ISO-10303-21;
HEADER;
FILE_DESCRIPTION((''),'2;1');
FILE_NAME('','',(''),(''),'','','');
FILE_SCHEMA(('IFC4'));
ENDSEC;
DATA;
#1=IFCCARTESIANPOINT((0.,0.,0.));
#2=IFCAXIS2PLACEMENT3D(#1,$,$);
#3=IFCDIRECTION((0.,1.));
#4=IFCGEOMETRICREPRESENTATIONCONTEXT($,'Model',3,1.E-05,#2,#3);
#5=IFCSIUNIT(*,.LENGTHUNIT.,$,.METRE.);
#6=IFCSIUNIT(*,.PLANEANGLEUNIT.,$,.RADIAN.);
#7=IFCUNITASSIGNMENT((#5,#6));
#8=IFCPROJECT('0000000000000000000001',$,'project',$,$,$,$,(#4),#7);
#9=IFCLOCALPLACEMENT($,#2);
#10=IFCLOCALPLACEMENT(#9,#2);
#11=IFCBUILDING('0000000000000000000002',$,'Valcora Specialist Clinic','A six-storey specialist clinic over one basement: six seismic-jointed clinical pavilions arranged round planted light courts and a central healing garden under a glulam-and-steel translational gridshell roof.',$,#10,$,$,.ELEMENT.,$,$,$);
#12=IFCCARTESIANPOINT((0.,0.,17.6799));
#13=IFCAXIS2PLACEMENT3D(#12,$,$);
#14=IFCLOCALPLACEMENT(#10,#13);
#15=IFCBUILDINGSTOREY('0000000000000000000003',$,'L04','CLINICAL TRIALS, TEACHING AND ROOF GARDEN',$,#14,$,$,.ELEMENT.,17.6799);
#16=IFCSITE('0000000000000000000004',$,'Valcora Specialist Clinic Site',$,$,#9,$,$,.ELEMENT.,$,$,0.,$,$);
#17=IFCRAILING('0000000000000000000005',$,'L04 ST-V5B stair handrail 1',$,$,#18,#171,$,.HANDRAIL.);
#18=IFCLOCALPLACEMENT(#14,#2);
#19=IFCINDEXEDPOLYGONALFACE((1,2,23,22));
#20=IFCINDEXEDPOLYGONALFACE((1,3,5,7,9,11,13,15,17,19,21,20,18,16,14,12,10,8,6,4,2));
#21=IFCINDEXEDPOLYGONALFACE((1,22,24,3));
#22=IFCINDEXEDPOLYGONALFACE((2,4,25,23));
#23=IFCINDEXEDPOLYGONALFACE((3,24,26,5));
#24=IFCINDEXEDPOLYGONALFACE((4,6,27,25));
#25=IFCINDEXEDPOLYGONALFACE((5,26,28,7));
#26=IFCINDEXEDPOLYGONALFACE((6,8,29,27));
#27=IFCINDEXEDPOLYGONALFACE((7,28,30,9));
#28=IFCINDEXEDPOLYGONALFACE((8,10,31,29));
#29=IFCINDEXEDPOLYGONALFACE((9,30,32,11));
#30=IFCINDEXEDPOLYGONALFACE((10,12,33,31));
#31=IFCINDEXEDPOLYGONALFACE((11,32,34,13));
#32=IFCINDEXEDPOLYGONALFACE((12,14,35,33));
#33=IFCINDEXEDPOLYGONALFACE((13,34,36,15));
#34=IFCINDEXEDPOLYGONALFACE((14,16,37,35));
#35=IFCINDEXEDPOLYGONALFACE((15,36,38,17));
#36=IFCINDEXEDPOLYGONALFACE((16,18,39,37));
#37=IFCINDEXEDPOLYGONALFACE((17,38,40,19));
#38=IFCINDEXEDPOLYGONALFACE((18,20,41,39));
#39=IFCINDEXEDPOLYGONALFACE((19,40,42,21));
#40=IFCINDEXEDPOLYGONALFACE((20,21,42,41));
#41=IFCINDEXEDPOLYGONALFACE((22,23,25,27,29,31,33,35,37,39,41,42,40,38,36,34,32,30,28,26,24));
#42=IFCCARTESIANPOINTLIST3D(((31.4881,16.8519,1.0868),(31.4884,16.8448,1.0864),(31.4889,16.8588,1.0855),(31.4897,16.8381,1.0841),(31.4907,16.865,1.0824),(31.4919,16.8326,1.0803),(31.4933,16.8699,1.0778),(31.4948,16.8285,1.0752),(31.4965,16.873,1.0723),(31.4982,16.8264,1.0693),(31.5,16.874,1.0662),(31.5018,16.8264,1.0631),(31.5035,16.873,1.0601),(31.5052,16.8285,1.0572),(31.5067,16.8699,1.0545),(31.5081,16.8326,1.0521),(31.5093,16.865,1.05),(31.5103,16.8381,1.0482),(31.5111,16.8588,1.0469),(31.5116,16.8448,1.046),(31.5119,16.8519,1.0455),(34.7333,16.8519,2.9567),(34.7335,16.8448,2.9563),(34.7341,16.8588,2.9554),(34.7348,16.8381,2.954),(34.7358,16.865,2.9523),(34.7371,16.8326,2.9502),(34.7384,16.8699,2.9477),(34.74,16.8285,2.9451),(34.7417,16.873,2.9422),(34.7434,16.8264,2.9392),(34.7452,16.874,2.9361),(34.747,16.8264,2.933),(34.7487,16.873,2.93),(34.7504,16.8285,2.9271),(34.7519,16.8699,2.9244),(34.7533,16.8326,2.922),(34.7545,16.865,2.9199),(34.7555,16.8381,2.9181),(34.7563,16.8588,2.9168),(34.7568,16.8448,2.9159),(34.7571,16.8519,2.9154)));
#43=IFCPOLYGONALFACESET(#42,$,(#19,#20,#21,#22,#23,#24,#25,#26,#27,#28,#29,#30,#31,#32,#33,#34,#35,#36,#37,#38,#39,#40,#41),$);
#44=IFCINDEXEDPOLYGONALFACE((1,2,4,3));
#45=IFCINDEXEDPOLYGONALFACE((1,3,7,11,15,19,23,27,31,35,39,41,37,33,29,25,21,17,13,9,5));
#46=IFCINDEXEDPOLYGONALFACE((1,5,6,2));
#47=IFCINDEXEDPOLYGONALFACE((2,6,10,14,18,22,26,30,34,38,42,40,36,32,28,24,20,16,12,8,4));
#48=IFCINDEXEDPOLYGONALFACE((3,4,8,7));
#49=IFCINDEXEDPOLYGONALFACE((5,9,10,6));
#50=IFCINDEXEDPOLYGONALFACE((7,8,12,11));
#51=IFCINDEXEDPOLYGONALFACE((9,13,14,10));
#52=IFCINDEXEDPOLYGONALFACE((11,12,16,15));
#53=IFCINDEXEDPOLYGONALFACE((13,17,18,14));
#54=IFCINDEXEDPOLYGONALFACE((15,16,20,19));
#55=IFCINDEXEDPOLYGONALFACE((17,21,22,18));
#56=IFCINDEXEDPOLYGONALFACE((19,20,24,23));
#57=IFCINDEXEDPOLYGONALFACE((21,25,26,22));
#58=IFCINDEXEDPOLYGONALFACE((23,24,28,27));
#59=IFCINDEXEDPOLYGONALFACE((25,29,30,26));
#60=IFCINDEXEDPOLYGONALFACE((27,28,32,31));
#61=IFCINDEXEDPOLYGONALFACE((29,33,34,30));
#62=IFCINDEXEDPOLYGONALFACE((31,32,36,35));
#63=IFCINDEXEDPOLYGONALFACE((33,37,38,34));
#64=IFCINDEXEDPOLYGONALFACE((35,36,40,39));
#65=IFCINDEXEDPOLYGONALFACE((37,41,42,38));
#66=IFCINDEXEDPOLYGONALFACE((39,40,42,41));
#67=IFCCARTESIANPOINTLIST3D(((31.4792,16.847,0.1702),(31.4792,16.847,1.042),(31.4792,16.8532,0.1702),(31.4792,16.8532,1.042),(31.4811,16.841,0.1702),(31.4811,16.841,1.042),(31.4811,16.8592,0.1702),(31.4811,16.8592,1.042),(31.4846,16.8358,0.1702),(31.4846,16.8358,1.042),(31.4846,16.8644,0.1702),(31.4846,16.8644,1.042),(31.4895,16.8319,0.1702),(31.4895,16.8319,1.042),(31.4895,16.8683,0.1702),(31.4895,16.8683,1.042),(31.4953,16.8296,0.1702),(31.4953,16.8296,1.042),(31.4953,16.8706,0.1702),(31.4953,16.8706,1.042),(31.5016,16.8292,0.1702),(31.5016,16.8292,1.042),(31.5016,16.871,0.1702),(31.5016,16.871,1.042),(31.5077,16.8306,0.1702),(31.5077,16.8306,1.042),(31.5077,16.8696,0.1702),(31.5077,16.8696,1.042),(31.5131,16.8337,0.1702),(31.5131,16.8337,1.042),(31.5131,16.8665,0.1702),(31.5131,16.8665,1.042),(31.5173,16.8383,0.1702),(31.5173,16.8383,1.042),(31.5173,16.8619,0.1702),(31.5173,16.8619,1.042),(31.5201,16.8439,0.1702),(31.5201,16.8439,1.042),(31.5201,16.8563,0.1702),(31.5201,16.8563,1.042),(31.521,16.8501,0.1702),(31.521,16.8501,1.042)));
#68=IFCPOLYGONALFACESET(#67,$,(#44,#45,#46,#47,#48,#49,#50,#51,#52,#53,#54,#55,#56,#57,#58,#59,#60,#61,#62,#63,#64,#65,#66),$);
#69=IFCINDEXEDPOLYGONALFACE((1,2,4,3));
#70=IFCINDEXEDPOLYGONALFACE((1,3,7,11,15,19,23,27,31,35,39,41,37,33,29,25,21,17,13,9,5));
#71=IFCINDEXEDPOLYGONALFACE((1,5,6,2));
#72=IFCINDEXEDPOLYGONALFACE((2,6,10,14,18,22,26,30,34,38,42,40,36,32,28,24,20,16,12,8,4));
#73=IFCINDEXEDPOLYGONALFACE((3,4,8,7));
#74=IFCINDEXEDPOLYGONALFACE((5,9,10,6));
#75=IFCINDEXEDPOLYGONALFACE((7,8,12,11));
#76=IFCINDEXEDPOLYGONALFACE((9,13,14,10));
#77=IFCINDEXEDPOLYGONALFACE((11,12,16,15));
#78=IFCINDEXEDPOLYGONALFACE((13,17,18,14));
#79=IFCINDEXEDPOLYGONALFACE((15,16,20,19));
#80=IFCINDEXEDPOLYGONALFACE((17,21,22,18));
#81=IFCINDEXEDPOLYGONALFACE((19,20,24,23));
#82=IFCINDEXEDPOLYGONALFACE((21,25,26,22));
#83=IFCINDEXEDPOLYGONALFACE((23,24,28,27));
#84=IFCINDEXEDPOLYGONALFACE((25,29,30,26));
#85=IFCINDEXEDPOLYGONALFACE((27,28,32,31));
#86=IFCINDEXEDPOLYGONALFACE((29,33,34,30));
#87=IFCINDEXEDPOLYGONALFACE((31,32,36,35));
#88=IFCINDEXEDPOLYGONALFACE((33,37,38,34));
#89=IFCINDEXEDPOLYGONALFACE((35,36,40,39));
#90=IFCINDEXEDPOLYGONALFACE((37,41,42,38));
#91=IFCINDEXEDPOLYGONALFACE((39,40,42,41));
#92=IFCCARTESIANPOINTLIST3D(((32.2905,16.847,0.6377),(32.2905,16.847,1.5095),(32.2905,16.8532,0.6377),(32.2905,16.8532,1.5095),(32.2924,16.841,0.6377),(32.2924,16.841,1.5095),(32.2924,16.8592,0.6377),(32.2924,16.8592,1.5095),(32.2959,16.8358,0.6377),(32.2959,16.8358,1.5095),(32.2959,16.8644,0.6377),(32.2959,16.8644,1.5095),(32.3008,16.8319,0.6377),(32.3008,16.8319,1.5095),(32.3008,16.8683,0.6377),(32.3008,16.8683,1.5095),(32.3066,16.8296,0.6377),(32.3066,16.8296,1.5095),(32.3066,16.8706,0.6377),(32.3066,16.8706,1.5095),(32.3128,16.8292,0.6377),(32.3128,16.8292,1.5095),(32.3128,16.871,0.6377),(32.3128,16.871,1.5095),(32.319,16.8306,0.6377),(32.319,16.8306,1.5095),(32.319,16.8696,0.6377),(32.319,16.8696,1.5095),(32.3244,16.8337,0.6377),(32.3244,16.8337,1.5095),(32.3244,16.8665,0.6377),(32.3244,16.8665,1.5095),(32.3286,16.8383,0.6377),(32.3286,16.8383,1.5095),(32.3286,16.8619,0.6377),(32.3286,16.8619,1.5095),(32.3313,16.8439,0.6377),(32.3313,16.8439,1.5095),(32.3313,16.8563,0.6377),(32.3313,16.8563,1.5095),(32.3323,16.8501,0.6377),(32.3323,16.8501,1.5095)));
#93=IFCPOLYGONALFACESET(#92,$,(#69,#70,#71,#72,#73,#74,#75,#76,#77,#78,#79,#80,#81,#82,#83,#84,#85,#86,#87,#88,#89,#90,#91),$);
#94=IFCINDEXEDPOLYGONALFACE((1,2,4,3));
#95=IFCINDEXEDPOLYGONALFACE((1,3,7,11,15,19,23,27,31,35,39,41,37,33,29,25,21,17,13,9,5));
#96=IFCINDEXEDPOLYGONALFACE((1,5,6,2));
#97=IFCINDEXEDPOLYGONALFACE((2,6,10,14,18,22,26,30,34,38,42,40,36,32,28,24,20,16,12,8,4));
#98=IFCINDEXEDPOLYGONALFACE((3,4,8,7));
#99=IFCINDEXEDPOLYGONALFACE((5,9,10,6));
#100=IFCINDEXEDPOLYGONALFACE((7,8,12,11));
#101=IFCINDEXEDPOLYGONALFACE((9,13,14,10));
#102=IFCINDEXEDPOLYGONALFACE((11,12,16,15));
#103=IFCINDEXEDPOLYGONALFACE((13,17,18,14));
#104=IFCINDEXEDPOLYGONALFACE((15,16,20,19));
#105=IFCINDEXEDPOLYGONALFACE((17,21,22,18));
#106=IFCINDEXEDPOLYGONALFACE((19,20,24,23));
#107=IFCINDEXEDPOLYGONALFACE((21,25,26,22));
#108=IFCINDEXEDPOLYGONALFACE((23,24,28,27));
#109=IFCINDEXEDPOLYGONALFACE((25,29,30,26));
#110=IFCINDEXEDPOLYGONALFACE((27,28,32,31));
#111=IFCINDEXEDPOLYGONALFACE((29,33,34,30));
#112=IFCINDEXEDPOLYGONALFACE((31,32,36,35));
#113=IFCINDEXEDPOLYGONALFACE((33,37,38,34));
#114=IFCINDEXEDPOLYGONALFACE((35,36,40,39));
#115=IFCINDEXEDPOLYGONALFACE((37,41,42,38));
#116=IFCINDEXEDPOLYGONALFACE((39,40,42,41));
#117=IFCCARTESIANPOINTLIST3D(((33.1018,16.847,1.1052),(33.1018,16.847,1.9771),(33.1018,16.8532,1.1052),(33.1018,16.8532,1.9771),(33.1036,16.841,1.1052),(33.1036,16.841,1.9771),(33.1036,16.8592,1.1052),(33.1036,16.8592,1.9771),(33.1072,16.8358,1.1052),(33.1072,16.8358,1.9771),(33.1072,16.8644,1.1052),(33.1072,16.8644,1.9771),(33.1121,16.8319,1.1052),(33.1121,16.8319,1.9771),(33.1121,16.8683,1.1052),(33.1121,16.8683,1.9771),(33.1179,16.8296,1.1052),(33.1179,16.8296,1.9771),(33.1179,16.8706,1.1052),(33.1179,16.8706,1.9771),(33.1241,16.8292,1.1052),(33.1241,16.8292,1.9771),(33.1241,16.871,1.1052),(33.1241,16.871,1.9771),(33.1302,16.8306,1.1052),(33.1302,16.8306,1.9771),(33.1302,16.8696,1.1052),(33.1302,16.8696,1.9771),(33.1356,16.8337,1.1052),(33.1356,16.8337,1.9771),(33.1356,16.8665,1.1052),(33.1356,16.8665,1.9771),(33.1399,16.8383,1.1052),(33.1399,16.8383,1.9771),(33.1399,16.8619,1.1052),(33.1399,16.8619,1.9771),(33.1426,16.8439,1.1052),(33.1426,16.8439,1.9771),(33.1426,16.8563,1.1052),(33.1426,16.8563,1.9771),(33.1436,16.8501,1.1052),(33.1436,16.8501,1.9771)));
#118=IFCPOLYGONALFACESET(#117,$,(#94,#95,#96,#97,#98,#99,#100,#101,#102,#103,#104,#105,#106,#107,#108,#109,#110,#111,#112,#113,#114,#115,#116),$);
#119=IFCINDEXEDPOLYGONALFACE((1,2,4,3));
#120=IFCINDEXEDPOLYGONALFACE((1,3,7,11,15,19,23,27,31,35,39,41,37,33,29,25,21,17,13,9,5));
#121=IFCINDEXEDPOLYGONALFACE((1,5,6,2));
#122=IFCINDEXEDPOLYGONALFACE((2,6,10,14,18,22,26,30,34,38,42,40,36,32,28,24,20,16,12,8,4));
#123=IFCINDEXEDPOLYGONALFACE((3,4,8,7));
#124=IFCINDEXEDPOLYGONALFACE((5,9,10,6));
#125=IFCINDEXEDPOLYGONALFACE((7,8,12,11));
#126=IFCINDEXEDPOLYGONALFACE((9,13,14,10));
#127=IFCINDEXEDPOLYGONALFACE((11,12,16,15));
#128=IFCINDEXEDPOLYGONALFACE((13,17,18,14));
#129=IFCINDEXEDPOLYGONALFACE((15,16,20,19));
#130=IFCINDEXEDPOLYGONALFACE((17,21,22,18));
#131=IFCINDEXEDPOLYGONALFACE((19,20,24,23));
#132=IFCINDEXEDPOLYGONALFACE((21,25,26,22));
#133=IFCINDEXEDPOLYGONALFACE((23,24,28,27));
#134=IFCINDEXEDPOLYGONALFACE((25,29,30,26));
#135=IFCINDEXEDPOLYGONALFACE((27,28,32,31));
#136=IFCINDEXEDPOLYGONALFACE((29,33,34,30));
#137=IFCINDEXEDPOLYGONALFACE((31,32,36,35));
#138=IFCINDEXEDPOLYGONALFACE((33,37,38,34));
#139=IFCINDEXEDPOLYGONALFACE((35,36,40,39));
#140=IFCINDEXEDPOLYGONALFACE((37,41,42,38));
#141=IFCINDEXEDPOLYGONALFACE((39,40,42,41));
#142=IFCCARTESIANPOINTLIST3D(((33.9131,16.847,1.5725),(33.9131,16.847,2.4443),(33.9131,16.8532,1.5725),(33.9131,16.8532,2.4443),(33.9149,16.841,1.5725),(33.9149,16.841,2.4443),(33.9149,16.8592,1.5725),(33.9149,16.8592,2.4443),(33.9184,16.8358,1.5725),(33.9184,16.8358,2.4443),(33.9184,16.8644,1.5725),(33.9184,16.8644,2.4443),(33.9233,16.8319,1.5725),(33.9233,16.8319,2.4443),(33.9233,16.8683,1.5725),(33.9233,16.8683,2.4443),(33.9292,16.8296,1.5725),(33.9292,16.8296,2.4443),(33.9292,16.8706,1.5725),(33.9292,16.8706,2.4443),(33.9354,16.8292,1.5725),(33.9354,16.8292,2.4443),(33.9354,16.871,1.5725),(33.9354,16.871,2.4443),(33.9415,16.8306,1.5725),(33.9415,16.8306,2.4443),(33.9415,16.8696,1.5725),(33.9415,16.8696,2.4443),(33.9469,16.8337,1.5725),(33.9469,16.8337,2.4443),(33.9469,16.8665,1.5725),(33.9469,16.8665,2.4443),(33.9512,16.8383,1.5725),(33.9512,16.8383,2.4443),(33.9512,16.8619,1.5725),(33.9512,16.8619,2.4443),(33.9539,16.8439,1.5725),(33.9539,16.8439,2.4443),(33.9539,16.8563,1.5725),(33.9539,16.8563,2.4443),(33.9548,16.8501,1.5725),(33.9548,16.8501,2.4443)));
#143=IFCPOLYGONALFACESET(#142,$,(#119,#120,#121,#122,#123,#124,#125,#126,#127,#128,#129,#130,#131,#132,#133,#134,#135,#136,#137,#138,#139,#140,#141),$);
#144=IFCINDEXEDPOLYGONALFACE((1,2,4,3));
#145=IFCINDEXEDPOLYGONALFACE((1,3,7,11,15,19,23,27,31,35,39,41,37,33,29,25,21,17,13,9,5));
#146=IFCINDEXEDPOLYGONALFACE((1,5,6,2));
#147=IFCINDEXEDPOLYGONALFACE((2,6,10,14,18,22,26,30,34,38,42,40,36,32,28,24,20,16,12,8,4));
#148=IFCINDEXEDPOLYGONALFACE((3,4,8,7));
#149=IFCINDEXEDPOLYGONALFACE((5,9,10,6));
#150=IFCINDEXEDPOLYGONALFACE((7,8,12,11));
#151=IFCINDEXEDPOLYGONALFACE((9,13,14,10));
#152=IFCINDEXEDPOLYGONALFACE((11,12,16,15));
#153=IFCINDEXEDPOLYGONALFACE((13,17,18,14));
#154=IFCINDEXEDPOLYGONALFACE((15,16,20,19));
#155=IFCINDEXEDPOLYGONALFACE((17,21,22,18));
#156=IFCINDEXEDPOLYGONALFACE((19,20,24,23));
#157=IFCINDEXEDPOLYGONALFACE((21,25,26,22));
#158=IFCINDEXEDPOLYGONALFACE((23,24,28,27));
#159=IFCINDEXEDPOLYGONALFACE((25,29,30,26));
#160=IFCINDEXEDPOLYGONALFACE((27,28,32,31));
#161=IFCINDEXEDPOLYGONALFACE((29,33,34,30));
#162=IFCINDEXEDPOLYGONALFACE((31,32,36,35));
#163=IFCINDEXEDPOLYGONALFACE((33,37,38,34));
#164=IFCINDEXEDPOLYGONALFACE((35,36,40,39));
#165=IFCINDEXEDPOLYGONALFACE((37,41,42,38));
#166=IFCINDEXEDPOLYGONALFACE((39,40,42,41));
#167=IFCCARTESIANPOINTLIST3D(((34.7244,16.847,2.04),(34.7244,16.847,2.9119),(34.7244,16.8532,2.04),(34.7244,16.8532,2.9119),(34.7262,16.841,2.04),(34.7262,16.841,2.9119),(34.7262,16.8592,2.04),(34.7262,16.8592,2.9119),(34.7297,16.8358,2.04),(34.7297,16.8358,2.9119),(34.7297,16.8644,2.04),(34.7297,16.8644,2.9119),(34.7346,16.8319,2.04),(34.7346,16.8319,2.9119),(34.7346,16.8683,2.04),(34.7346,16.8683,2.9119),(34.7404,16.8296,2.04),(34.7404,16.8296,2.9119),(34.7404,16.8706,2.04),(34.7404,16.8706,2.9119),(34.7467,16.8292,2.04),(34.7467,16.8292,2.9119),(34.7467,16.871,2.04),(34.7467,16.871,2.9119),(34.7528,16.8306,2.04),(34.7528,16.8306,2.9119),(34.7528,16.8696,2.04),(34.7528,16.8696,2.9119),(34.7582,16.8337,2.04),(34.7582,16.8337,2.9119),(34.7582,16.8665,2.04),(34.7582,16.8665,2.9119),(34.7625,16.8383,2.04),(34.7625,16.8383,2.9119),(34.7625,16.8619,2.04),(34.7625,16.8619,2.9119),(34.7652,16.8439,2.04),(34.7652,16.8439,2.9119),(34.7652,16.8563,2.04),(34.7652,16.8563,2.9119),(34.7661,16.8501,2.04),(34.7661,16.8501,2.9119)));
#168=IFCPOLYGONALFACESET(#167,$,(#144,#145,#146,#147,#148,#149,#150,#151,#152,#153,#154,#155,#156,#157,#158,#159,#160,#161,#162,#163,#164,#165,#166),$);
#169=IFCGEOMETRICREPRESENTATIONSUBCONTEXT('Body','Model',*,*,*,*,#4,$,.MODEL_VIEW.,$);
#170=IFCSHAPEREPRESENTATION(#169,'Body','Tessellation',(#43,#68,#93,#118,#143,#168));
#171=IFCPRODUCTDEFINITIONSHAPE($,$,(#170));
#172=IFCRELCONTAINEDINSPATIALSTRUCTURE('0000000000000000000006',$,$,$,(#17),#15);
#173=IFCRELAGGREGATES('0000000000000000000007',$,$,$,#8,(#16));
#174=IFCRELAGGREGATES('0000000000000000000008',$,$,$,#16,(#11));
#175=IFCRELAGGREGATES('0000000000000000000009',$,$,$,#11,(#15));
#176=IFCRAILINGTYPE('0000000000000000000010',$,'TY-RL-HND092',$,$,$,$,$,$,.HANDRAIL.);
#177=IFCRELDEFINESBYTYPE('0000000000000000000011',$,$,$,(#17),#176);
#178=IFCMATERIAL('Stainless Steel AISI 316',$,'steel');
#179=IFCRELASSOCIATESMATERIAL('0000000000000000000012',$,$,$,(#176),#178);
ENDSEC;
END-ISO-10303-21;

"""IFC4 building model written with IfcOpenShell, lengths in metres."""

from ifc_helpers import new_model, si_unit, direction, frame, origin, origin_2d, place, context, subcontext, project, spatial, circle, extrude, material, type_object, element, save


model = new_model("IFC4")

# Units and contexts
model_context = context("Model", 3, precision=1e-05, world=origin(), true_north=direction((0.0, 1.0)))
body_context = subcontext(model_context, "Body", "Model", "MODEL_VIEW")
ifc_project = project(units=[si_unit("LENGTHUNIT", "METRE"), si_unit("PLANEANGLEUNIT", "RADIAN")], contexts=[model_context])

# Site, building, storey
site_placement = place(None, origin())
site = spatial("IfcSite", under=ifc_project, at=site_placement, Name="Valcora Specialist Clinic Site", CompositionType="ELEMENT", RefElevation=0.0)
building_placement = place(site_placement, origin())
building = spatial("IfcBuilding", under=site, at=building_placement, Name="Valcora Specialist Clinic", Description="A six-storey specialist clinic over one basement: six seismic-jointed clinical pavilions arranged round planted light courts and a central healing garden under a glulam-and-steel translational gridshell roof.", CompositionType="ELEMENT")
storey_placement = place(building_placement, frame((0.0, 0.0, 17.6799)))
storey = spatial("IfcBuildingStorey", under=building, at=storey_placement, Name="L04", Description="CLINICAL TRIALS, TEACHING AND ROOF GARDEN", CompositionType="ELEMENT", Elevation=17.6799)

# Railing
ifc_material_1 = material(Name="Stainless Steel AISI 316", Category="steel")
railing_type_1 = type_object("IfcRailingType", Name="TY-RL-HND092", PredefinedType="HANDRAIL", material=ifc_material_1)
railing_1_placement = place(storey_placement, frame((31.5, 16.8501, 0.1702)))
element("IfcRailing", 1, at=railing_1_placement, inside=storey, type_object=railing_type_1, Name="L04 ST-V5B stair handrail 1", PredefinedType="HANDRAIL", context=body_context, shape_type="SweptSolid", body=[
    extrude(circle(Radius=0.0239, at=origin_2d()), frame((0.0, 0.0, 0.896), z_axis=(0.866452, 0.0, 0.49926), x_axis=(0.0, 1.0, 0.0)), (0.0, 0.0, 1.0), 3.7454),
    extrude(circle(Radius=0.021, at=origin_2d()), origin(), (0.0, 0.0, 1.0), 0.8718),
    extrude(circle(Radius=0.021, at=origin_2d()), frame((0.8113, 0.0, 0.4675)), (0.0, 0.0, 1.0), 0.8718),
    extrude(circle(Radius=0.021, at=origin_2d()), frame((1.6226, 0.0, 0.9351)), (0.0, 0.0, 1.0), 0.8718),
    extrude(circle(Radius=0.021, at=origin_2d()), frame((2.4338, 0.0, 1.4023)), (0.0, 0.0, 1.0), 0.8718),
    extrude(circle(Radius=0.021, at=origin_2d()), frame((3.2451, 0.0, 1.8699)), (0.0, 0.0, 1.0), 0.8718),
])

save(model, "model.ifc")
